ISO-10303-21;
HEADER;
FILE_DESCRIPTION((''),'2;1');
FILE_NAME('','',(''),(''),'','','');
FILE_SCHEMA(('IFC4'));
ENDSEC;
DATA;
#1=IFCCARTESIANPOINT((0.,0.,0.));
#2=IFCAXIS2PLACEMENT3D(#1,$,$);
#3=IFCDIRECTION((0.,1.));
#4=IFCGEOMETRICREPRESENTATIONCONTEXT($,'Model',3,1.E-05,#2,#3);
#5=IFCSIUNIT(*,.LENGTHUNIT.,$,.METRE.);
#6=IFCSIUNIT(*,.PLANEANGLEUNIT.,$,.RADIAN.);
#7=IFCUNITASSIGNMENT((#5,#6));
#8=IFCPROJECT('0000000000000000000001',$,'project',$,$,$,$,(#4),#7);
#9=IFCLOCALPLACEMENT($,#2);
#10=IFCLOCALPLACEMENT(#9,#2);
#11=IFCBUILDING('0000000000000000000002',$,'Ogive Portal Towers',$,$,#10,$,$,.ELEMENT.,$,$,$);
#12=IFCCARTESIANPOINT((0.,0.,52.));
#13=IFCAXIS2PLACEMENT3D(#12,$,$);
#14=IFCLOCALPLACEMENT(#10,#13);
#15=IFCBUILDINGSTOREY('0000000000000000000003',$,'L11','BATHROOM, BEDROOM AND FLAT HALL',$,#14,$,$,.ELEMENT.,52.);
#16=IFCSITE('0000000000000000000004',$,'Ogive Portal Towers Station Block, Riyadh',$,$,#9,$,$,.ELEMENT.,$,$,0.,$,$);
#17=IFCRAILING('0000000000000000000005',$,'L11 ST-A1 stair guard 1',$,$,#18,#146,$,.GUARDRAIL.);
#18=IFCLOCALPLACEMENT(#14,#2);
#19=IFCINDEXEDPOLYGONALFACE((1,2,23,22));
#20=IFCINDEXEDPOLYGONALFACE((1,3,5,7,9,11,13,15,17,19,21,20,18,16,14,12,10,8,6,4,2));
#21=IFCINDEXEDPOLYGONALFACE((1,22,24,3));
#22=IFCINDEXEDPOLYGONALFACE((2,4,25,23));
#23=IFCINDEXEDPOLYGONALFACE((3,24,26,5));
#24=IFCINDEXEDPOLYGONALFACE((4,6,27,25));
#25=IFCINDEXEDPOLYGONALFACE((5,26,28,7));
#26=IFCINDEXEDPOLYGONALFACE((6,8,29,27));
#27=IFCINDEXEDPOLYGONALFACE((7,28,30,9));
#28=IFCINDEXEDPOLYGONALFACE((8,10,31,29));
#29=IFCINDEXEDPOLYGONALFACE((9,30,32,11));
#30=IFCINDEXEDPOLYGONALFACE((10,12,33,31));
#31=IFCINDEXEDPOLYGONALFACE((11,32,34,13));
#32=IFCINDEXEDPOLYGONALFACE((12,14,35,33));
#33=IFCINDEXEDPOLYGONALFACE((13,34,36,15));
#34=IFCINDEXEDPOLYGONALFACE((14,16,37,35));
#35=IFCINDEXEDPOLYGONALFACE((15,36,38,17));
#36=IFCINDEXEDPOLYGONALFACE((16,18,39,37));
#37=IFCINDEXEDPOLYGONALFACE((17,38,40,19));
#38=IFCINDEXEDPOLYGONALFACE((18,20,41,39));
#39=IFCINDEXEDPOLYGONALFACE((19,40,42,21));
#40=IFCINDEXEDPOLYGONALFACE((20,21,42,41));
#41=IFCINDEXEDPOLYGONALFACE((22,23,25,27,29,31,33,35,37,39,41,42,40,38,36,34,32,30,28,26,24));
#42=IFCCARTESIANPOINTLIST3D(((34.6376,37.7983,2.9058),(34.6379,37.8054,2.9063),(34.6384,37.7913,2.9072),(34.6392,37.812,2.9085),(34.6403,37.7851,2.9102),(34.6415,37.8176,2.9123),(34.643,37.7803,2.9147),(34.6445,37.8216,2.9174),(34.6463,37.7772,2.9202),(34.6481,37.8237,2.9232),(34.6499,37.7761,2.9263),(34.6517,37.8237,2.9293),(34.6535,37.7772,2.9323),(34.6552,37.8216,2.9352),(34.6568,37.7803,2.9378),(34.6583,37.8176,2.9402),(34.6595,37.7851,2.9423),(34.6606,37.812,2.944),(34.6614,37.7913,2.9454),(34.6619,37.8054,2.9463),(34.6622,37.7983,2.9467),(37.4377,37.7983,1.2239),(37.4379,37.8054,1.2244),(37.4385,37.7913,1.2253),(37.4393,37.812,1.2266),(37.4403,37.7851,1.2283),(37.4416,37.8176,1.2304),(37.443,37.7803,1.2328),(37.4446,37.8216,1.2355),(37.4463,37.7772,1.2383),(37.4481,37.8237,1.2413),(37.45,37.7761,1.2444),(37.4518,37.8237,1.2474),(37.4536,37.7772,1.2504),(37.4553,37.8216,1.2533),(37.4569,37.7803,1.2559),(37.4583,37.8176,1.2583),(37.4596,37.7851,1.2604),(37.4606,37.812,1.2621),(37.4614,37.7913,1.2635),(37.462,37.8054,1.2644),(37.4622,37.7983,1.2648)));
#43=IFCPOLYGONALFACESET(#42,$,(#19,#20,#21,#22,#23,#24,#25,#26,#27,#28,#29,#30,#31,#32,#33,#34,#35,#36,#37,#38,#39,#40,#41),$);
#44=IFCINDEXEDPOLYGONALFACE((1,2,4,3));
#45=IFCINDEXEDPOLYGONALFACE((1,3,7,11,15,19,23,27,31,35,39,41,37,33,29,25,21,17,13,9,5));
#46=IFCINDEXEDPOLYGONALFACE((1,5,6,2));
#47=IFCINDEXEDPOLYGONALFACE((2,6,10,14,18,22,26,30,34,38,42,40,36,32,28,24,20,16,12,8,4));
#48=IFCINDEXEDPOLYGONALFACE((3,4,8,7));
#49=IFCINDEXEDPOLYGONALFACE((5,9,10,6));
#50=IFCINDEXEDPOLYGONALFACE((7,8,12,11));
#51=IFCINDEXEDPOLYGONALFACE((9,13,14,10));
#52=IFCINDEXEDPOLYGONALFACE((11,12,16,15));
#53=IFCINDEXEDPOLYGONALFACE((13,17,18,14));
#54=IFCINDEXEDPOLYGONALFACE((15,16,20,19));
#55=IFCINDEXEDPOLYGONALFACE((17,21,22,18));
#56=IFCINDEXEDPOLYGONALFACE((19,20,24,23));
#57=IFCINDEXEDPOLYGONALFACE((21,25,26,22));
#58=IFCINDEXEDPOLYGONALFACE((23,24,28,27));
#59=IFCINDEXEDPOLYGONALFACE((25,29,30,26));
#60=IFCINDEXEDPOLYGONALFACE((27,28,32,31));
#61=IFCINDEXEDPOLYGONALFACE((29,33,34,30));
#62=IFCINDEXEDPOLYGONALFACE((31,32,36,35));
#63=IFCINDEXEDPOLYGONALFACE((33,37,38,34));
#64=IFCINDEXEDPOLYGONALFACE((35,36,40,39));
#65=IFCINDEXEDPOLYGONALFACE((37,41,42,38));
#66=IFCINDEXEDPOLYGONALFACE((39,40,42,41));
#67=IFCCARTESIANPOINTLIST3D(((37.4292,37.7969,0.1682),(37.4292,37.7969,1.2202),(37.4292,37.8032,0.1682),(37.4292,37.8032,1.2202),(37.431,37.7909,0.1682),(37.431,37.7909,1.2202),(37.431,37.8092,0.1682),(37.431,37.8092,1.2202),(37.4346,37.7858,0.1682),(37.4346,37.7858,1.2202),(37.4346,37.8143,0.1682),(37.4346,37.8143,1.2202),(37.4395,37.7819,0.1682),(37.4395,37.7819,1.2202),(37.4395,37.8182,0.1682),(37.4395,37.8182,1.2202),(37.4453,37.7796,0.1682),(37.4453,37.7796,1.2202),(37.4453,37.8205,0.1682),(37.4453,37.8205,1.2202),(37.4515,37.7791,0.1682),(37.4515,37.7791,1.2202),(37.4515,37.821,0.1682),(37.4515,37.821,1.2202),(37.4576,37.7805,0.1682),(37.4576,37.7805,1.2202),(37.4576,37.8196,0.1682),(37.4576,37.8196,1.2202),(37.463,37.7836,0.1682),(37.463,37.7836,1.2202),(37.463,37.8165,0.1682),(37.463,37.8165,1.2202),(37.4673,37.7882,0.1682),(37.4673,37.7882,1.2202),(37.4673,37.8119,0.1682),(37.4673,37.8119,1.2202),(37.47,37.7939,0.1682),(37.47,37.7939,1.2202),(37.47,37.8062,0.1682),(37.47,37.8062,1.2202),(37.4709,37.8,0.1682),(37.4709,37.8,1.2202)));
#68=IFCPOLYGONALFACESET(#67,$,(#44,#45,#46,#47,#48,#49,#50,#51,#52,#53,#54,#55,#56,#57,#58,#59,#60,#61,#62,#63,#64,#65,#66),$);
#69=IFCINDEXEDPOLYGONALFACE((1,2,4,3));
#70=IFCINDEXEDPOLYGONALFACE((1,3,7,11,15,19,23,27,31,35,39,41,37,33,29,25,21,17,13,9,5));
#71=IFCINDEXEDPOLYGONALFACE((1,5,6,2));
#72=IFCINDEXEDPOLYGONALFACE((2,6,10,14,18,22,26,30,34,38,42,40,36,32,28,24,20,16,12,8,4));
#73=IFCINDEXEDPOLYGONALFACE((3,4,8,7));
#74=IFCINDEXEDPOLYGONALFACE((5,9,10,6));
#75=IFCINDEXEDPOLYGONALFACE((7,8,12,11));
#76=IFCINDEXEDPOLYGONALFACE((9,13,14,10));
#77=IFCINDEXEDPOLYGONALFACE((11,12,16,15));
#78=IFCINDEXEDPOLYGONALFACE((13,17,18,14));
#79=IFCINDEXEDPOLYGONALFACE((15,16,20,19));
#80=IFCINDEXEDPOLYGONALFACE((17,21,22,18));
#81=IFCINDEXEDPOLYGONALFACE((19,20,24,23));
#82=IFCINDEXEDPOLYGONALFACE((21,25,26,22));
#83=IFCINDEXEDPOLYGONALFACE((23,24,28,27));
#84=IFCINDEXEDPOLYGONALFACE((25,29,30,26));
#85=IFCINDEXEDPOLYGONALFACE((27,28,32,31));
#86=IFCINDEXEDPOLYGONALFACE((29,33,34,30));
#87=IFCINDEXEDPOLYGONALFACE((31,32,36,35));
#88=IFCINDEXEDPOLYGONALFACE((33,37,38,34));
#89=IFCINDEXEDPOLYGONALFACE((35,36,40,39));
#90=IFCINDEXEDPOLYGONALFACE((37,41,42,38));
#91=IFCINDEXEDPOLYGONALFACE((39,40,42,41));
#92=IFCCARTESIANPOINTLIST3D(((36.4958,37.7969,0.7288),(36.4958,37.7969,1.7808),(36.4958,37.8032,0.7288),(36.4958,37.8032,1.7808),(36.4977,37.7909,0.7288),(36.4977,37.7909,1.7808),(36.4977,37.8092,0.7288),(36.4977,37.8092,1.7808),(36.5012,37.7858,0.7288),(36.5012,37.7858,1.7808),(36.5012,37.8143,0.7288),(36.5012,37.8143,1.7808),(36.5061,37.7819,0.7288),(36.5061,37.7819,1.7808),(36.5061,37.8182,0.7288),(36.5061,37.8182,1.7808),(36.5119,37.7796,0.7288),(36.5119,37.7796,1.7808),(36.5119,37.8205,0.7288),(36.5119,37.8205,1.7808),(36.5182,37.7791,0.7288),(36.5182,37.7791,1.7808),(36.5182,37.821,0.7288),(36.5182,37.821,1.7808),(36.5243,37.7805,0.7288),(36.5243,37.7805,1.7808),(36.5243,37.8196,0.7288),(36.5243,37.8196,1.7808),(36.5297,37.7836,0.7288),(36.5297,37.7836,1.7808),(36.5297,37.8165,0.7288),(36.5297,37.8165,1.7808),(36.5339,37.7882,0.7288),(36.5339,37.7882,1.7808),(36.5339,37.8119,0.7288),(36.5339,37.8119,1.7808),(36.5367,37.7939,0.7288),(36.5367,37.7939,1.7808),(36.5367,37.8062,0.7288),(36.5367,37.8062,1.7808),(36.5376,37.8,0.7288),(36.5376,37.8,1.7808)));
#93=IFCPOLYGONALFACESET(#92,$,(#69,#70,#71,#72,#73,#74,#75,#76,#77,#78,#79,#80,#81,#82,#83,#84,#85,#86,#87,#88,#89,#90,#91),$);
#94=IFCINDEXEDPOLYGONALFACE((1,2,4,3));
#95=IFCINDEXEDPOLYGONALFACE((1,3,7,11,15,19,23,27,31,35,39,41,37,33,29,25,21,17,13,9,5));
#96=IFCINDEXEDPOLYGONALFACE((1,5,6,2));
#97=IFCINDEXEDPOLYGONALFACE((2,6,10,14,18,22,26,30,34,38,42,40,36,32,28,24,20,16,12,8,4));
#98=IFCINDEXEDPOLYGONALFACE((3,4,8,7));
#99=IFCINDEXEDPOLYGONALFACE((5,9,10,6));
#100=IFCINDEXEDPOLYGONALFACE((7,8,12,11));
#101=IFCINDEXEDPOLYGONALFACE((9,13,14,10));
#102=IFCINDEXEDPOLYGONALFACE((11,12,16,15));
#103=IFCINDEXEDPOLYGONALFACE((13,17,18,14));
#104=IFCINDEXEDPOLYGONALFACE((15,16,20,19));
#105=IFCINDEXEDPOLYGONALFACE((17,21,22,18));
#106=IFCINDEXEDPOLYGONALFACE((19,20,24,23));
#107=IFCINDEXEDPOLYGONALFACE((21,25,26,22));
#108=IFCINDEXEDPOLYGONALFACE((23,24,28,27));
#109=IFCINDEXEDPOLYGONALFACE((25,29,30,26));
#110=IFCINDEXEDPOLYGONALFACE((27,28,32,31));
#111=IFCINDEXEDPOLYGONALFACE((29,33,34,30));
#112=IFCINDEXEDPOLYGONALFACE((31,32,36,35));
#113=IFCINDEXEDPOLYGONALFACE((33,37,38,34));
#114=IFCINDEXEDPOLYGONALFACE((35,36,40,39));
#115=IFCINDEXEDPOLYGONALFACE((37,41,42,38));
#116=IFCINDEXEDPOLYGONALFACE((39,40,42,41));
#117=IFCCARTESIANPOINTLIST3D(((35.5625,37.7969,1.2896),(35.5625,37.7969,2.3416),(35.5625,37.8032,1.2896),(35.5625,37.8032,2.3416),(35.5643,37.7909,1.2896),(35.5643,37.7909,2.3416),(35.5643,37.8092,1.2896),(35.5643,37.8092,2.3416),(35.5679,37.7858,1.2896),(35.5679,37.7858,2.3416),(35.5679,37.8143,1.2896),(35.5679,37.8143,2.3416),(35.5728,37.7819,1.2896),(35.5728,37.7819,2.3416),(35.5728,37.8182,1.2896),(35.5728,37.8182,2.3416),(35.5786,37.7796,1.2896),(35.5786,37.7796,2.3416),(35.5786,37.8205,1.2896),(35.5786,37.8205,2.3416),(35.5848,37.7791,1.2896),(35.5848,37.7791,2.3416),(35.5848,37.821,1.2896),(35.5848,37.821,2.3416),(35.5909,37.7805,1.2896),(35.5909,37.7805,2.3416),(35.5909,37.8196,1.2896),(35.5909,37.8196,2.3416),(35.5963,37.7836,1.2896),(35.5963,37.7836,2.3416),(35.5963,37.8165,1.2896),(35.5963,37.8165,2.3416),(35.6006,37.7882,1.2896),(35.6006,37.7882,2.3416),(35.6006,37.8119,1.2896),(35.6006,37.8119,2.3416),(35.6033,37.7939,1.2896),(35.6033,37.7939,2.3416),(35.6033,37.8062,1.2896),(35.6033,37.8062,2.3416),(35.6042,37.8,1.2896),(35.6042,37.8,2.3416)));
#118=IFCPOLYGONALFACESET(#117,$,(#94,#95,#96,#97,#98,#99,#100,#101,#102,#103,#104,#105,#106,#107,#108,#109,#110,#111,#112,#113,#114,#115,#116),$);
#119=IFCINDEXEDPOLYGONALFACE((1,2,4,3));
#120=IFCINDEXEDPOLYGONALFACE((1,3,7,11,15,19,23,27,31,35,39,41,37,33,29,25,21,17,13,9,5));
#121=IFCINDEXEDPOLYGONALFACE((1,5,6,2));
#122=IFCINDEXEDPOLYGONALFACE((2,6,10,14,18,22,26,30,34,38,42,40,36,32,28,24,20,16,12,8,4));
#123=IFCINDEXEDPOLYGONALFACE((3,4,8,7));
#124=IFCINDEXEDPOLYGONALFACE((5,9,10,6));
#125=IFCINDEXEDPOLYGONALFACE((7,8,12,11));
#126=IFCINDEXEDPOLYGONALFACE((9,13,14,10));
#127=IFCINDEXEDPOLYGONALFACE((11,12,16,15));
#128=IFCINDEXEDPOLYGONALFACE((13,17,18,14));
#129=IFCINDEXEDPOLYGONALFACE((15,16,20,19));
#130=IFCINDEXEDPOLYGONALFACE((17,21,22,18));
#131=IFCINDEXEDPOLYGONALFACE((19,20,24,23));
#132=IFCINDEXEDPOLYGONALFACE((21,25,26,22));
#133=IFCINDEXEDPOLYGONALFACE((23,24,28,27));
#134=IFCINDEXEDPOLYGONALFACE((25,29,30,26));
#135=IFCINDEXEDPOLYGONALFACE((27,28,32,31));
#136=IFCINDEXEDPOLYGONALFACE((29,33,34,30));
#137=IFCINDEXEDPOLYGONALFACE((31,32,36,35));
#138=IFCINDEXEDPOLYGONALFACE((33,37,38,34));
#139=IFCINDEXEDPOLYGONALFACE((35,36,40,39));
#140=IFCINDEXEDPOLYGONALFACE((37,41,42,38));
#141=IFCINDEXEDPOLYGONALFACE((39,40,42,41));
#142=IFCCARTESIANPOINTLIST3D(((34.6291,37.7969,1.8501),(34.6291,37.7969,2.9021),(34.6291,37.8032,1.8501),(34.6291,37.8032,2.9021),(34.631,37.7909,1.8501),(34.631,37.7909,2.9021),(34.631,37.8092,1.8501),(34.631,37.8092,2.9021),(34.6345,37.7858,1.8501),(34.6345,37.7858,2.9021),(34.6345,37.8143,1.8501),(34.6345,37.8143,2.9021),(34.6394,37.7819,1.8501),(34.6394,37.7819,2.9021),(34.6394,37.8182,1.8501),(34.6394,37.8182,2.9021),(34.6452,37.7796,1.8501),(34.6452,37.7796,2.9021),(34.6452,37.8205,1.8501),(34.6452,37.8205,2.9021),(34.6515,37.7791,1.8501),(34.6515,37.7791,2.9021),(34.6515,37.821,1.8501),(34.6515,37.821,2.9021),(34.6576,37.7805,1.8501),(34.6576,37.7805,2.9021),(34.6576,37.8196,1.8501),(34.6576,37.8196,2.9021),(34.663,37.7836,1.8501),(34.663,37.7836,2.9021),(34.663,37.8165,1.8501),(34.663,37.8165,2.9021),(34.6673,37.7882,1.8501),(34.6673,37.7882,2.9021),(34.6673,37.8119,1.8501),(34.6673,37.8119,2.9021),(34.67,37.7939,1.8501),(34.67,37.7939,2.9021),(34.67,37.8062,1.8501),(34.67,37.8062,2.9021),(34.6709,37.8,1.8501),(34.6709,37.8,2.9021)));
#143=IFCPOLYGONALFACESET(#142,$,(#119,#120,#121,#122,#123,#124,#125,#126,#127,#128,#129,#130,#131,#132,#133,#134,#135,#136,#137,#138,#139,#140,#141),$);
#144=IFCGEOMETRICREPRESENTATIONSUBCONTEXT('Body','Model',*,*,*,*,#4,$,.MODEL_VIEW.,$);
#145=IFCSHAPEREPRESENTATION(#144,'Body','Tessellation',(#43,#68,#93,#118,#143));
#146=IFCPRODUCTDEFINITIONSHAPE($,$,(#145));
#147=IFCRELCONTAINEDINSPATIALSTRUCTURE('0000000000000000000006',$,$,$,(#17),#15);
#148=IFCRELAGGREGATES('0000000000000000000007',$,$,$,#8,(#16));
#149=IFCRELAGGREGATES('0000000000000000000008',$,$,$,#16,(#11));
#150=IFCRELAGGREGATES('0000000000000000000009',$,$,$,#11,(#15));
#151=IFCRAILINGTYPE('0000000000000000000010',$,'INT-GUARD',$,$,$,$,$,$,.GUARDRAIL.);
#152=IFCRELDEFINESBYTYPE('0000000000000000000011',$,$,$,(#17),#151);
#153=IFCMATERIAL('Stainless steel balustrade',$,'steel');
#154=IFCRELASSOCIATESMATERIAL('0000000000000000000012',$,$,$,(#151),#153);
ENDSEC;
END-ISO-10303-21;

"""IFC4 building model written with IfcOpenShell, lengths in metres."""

from ifc_helpers import new_model, si_unit, direction, frame, origin, origin_2d, place, context, subcontext, project, spatial, circle, extrude, material, type_object, element, save


model = new_model("IFC4")

# Units and contexts
model_context = context("Model", 3, precision=1e-05, world=origin(), true_north=direction((0.0, 1.0)))
body_context = subcontext(model_context, "Body", "Model", "MODEL_VIEW")
ifc_project = project(units=[si_unit("LENGTHUNIT", "METRE"), si_unit("PLANEANGLEUNIT", "RADIAN")], contexts=[model_context])

# Site, building, storey
site_placement = place(None, origin())
site = spatial("IfcSite", under=ifc_project, at=site_placement, Name="Ogive Portal Towers Station Block, Riyadh", CompositionType="ELEMENT", RefElevation=0.0)
building_placement = place(site_placement, origin())
building = spatial("IfcBuilding", under=site, at=building_placement, Name="Ogive Portal Towers", CompositionType="ELEMENT")
storey_placement = place(building_placement, frame((0.0, 0.0, 52.0)))
storey = spatial("IfcBuildingStorey", under=building, at=storey_placement, Name="L11", Description="BATHROOM, BEDROOM AND FLAT HALL", CompositionType="ELEMENT", Elevation=52.0)

# Railing
ifc_material_1 = material(Name="Stainless steel balustrade", Category="steel")
railing_type_1 = type_object("IfcRailingType", Name="INT-GUARD", PredefinedType="GUARDRAIL", material=ifc_material_1)
railing_1_placement = place(storey_placement, frame((37.45, 37.8, 0.1682)))
element("IfcRailing", 1, at=railing_1_placement, inside=storey, type_object=railing_type_1, Name="L11 ST-A1 stair guard 1", PredefinedType="GUARDRAIL", context=body_context, shape_type="SweptSolid", body=[
    extrude(circle(Radius=0.0239, at=origin_2d()), frame((0.0, 0.0, 1.0762), z_axis=(-0.857242, 0.0, 0.514913), x_axis=(0.0, -1.0, 0.0)), (0.0, 0.0, 1.0), 3.2664),
    extrude(circle(Radius=0.021, at=origin_2d()), origin(), (0.0, 0.0, 1.0), 1.052),
    extrude(circle(Radius=0.021, at=origin_2d()), frame((-0.9333, 0.0, 0.5605)), (0.0, 0.0, 1.0), 1.052),
    extrude(circle(Radius=0.021, at=origin_2d()), frame((-1.8667, 0.0, 1.1213)), (0.0, 0.0, 1.0), 1.052),
    extrude(circle(Radius=0.021, at=origin_2d()), frame((-2.8, 0.0, 1.6819)), (0.0, 0.0, 1.0), 1.052),
])

save(model, "model.ifc")
